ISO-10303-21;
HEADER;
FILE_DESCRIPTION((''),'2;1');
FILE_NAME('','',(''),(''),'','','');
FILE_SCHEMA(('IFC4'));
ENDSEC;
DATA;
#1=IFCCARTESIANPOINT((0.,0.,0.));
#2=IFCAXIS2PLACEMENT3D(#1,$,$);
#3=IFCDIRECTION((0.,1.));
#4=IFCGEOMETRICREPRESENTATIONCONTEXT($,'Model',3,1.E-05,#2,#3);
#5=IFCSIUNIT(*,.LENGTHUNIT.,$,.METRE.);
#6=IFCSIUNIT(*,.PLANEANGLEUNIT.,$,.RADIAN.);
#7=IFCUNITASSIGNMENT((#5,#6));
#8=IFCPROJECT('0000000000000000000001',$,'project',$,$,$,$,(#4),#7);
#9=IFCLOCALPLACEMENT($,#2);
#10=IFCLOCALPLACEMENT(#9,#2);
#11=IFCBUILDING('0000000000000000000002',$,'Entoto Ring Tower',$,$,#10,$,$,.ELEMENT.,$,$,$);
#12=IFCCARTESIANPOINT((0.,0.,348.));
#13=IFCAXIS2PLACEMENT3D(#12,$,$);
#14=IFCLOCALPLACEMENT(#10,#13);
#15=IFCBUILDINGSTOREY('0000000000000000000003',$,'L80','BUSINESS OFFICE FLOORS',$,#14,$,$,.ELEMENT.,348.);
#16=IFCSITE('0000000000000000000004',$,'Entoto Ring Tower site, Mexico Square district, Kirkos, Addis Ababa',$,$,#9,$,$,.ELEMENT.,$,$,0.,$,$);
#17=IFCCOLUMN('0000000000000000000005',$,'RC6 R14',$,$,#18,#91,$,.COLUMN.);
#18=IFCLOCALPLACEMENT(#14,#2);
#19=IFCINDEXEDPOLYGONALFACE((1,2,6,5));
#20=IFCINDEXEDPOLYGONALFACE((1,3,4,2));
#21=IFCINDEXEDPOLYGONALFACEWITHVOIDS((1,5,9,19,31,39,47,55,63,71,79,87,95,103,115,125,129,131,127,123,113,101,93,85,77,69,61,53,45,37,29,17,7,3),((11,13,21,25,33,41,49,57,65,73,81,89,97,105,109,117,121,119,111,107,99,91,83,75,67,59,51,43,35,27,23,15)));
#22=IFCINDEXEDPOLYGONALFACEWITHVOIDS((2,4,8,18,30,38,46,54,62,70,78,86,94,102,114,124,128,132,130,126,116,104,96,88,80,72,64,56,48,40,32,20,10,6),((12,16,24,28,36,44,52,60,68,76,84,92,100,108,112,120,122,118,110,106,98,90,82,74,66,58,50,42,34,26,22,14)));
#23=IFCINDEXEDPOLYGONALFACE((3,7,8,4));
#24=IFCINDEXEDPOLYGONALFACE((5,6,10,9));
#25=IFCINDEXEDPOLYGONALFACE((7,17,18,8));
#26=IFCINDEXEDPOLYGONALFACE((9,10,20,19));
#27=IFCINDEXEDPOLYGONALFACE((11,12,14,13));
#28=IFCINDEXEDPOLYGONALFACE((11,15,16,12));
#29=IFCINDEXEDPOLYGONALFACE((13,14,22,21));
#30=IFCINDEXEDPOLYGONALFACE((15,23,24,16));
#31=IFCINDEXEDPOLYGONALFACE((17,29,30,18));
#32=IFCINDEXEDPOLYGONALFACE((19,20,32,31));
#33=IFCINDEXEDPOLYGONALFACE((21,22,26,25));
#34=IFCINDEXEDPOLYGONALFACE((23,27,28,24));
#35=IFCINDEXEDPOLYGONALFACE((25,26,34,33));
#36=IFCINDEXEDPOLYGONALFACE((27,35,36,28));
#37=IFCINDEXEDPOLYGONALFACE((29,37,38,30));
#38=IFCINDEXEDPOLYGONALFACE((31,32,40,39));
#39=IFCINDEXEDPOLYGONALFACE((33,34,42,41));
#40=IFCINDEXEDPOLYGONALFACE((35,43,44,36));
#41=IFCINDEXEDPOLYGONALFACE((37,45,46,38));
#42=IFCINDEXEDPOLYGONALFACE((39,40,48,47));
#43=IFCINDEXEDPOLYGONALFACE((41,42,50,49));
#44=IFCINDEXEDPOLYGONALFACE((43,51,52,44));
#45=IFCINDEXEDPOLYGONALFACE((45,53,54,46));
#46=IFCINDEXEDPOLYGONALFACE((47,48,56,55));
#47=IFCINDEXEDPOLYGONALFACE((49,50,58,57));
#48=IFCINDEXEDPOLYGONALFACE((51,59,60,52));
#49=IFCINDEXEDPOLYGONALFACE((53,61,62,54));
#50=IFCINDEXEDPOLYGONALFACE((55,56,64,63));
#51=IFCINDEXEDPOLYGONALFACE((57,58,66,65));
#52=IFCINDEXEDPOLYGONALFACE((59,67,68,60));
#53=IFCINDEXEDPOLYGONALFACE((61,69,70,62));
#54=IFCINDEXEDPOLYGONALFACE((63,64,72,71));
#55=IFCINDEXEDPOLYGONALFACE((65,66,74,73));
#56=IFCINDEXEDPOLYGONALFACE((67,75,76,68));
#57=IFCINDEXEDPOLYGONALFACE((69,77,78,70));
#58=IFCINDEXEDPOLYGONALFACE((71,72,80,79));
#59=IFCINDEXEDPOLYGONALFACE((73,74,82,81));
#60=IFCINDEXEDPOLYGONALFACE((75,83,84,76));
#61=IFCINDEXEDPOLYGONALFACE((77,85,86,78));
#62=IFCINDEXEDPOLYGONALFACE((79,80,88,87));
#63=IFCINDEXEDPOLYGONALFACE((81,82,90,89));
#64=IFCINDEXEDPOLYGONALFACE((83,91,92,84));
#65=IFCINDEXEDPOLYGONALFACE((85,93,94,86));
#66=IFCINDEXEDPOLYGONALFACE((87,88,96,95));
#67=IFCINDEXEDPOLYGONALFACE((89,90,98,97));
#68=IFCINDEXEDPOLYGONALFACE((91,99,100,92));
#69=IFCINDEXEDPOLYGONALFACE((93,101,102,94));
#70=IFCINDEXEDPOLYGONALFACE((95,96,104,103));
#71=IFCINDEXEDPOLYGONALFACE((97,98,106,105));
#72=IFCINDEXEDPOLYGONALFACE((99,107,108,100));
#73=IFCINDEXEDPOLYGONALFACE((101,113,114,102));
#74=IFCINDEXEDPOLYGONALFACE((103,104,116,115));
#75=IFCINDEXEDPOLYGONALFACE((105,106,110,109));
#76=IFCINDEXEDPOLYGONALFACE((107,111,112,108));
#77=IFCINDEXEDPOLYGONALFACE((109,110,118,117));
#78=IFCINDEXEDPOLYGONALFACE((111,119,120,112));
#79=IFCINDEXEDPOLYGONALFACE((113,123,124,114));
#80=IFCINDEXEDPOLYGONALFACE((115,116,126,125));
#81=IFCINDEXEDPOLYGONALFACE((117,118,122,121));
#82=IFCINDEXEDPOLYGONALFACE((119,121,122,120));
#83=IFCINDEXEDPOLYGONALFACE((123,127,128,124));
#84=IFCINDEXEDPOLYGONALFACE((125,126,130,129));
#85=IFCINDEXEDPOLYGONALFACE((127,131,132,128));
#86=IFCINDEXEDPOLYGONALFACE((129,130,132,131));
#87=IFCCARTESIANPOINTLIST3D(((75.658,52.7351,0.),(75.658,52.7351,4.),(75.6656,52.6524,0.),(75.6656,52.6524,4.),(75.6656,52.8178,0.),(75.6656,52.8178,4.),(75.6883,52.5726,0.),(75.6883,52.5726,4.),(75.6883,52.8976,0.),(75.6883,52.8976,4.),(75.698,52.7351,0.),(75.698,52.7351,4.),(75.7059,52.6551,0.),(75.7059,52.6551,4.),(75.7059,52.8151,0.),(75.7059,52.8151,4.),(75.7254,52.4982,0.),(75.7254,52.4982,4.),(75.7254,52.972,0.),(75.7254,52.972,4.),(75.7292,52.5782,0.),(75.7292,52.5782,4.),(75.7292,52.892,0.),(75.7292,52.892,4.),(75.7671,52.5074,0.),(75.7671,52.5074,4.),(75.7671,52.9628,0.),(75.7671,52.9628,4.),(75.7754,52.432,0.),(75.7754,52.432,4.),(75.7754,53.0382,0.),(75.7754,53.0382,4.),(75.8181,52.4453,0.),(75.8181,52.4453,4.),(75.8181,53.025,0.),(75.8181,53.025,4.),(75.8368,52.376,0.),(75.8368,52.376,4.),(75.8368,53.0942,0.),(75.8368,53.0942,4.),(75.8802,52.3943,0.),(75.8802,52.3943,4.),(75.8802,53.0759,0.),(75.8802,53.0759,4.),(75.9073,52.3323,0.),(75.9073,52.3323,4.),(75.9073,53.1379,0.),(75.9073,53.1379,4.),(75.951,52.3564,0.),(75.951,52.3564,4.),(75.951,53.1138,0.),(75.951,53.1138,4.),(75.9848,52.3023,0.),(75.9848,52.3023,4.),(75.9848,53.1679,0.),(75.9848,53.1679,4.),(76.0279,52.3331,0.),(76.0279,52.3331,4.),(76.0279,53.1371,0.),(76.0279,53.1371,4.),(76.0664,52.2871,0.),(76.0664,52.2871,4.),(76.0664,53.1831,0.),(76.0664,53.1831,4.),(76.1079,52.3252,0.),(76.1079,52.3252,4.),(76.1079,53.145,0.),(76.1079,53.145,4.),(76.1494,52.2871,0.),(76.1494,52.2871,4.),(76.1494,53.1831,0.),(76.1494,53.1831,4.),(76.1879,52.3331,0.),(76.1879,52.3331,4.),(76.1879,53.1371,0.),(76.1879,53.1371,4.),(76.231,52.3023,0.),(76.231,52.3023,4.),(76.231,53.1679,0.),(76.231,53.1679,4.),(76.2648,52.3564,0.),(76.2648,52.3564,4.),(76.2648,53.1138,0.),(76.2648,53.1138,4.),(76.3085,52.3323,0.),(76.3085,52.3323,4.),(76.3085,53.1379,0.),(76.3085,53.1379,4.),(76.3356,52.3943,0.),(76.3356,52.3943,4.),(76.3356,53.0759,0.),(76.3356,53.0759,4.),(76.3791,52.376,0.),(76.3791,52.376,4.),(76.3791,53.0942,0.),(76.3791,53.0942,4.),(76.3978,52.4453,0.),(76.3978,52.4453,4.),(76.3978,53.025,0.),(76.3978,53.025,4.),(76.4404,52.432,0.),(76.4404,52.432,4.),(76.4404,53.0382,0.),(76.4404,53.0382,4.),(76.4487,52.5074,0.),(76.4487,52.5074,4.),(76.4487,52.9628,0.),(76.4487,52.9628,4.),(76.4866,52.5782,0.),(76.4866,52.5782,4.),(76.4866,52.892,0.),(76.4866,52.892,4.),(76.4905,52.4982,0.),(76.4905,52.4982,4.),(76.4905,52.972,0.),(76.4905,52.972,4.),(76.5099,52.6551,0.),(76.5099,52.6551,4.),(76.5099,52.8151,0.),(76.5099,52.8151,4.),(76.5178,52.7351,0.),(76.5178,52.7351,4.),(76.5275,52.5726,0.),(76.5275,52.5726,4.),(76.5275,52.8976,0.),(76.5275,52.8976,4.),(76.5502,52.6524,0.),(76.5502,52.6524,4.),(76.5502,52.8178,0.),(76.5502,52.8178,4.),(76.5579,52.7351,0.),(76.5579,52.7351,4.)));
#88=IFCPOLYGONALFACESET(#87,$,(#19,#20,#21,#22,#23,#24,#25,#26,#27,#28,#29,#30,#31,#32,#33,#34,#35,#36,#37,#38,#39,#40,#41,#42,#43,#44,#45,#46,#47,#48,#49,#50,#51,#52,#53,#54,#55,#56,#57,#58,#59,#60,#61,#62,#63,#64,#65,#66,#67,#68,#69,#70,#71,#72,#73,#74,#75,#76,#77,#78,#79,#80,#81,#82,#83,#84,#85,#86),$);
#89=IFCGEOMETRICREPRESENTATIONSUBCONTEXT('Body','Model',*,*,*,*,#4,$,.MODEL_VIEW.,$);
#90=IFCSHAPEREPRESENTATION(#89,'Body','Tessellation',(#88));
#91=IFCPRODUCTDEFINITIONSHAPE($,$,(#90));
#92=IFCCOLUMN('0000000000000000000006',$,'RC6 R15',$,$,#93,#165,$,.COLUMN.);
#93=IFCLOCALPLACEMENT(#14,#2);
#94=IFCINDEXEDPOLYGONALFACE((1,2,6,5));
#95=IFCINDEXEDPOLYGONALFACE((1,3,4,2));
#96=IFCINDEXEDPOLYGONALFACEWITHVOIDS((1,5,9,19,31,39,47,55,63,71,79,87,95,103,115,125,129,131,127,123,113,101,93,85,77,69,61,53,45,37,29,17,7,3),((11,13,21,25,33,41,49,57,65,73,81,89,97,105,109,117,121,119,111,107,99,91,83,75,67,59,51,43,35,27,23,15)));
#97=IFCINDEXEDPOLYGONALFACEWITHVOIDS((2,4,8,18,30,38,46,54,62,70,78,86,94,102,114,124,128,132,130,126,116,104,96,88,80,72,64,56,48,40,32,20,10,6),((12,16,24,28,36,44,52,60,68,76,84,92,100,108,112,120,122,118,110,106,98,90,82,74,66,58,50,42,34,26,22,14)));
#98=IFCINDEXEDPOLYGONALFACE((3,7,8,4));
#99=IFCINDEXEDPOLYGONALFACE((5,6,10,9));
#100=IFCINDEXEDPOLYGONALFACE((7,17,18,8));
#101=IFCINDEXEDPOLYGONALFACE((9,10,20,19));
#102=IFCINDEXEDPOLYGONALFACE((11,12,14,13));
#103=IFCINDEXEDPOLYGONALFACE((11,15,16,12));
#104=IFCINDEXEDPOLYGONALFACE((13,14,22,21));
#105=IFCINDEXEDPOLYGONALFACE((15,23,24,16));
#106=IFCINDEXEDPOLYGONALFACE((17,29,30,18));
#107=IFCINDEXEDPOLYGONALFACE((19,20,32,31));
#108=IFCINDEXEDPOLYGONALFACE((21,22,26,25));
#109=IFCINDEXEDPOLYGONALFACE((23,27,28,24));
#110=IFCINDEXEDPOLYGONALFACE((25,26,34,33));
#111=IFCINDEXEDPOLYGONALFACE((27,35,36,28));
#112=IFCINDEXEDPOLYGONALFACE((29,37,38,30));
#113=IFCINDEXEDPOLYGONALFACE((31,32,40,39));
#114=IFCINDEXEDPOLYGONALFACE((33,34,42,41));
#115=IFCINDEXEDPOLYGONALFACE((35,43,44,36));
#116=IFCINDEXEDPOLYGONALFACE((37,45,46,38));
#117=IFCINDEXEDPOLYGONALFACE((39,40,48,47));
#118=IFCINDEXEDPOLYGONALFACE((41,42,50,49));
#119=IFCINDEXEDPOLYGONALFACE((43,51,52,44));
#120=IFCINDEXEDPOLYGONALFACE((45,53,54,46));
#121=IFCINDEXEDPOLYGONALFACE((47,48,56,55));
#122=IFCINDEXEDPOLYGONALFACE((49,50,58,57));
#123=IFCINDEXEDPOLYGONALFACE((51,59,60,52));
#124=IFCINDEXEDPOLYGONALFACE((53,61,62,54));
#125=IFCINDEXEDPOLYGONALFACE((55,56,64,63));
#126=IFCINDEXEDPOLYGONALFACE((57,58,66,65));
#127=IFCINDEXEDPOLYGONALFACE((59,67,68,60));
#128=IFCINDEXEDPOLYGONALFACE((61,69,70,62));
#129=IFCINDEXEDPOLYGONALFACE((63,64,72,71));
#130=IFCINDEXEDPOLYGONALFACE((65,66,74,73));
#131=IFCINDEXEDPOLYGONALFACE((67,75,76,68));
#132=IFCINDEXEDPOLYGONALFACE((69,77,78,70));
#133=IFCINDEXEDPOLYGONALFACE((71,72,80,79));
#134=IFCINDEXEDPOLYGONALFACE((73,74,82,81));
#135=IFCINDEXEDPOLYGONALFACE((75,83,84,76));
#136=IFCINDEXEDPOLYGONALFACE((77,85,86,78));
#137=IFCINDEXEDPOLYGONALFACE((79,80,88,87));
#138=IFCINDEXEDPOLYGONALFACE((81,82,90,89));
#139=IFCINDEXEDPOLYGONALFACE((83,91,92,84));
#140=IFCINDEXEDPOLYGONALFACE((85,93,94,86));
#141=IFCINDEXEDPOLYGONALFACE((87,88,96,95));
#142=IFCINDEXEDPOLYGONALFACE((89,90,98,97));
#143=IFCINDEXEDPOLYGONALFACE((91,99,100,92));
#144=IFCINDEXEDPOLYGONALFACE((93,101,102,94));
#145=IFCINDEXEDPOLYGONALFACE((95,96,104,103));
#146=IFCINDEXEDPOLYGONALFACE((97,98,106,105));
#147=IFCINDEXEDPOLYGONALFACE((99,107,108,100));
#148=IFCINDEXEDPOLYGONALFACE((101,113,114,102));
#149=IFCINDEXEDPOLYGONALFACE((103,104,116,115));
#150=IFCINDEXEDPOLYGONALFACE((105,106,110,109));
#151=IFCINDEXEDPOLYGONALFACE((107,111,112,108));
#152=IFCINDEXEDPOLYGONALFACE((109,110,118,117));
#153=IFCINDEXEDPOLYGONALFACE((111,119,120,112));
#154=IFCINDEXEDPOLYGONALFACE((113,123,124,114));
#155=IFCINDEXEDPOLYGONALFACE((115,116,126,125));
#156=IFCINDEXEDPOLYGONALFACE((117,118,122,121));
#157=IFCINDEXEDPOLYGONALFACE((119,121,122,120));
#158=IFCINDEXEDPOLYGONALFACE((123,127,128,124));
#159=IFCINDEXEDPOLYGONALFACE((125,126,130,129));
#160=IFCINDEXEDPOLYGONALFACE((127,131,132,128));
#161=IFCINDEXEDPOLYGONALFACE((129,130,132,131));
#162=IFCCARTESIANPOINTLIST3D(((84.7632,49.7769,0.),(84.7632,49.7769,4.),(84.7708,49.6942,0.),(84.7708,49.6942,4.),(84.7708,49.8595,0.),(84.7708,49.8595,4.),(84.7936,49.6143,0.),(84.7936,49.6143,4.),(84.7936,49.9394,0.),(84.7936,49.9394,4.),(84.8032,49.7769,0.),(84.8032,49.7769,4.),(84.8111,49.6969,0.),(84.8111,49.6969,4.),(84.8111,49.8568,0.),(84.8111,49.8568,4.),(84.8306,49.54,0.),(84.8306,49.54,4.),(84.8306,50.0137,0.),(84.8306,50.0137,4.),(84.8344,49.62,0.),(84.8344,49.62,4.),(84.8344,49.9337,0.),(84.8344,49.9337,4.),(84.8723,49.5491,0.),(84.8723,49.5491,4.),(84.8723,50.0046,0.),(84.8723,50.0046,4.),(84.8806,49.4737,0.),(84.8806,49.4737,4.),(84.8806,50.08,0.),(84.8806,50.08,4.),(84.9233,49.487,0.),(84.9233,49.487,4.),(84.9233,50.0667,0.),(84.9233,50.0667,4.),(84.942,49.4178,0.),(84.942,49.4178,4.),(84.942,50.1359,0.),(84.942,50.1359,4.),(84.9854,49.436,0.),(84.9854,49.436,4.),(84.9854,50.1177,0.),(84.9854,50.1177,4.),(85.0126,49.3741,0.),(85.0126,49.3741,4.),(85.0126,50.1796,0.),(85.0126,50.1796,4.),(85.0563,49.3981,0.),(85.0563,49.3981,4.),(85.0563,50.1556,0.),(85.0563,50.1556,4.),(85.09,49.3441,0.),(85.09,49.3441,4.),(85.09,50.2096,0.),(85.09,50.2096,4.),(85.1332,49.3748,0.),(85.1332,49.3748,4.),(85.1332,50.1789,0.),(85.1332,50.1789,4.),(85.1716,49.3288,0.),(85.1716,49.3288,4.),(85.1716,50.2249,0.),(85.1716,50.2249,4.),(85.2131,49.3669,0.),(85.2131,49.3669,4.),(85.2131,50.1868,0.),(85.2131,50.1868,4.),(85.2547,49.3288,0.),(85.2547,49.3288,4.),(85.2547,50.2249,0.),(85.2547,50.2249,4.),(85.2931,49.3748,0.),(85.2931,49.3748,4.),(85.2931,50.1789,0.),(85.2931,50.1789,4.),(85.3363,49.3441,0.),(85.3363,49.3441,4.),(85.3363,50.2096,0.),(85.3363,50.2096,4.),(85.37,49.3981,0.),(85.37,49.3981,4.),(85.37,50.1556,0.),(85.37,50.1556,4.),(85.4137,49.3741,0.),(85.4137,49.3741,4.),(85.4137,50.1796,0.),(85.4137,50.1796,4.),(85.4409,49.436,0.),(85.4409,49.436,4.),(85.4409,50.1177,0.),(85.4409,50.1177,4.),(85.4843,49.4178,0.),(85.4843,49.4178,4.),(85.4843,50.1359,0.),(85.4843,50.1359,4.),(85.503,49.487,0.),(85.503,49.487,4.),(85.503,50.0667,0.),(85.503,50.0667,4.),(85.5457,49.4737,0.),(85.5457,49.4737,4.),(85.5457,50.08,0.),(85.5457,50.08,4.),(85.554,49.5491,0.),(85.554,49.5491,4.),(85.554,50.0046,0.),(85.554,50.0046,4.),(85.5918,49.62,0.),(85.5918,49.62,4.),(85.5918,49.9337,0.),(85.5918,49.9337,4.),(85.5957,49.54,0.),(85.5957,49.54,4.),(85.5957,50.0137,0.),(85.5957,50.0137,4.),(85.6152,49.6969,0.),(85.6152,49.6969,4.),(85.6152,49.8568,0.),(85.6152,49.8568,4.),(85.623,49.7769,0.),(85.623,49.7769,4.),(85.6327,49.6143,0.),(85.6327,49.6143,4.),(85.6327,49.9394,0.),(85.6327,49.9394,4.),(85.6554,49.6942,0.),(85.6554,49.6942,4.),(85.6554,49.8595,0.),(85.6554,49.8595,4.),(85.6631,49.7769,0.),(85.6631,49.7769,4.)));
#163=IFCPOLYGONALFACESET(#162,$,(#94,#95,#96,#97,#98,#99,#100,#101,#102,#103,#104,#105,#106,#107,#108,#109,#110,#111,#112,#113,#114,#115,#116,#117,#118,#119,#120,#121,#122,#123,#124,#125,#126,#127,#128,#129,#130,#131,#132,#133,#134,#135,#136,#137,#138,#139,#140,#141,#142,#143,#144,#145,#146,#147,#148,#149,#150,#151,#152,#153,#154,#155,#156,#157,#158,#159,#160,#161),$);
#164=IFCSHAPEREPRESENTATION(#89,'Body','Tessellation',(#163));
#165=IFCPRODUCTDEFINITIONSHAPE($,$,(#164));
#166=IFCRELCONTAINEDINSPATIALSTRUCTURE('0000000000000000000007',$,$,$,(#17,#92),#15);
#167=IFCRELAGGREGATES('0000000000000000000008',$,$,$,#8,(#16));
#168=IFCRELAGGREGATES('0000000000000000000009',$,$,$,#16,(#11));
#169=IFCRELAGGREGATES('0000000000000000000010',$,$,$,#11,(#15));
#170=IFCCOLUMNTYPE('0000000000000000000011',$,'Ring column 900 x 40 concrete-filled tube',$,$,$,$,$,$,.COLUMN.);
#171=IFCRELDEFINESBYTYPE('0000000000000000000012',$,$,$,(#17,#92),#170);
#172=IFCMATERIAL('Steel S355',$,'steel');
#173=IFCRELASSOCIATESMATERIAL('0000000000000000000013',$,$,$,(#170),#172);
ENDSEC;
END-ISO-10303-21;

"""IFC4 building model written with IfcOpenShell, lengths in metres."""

from ifc_helpers import new_model, si_unit, direction, frame, origin, origin_2d, place, context, subcontext, project, spatial, circle, hollow_circle, extrude, material, material_profile, profile_set, type_object, element, save


model = new_model("IFC4")

# Units and contexts
model_context = context("Model", 3, precision=1e-05, world=origin(), true_north=direction((0.0, 1.0)))
body_context = subcontext(model_context, "Body", "Model", "MODEL_VIEW")
ifc_project = project(units=[si_unit("LENGTHUNIT", "METRE"), si_unit("PLANEANGLEUNIT", "RADIAN")], contexts=[model_context])

# Site, building, storey
site_placement = place(None, origin())
site = spatial("IfcSite", under=ifc_project, at=site_placement, Name="Entoto Ring Tower site, Mexico Square district, Kirkos, Addis Ababa", CompositionType="ELEMENT", RefElevation=0.0)
building_placement = place(site_placement, origin())
building = spatial("IfcBuilding", under=site, at=building_placement, Name="Entoto Ring Tower", CompositionType="ELEMENT")
storey_placement = place(building_placement, frame((0.0, 0.0, 348.0)))
storey = spatial("IfcBuildingStorey", under=building, at=storey_placement, Name="L80", Description="BUSINESS OFFICE FLOORS", CompositionType="ELEMENT", Elevation=348.0)

# Columns
ifc_material_1 = material(Name="Steel S355", Category="steel")
ifc_material_profile_1 = material_profile(ifc_material_1, hollow_circle(Radius=0.45, WallThickness=0.04, at=origin_2d()), Name="CHS 900 x 40")
ifc_material_2 = material(Name="Concrete C60/75", Category="concrete")
ifc_material_profile_2 = material_profile(ifc_material_2, circle(Radius=0.4099, at=origin_2d()), Name="Concrete C60/75 infill")
ifc_profile_set_1 = profile_set([ifc_material_profile_1, ifc_material_profile_2], Name="Steel S355")
column_type = type_object("IfcColumnType", Name="Ring column 900 x 40 concrete-filled tube", PredefinedType="COLUMN", material=ifc_profile_set_1)
for number, where, z_axis, x_axis, name in (
    (1, (76.1079, 52.7351, 0.0), (0.0, 0.0, 1.0), (1.0, 0.0, 0.0), "RC6 R14"),
    (2, (85.2131, 49.7769, 0.0), (0.0, 0.0, 1.0), (1.0, 0.0, 0.0), "RC6 R15"),
):
    element("IfcColumn", number, at=place(storey_placement, frame(where, z_axis=z_axis, x_axis=x_axis)), inside=storey, type_object=column_type, Name=name, PredefinedType="COLUMN", context=body_context, shape_type="SweptSolid", body=[
        extrude(hollow_circle(Radius=0.45, WallThickness=0.04, at=origin_2d()), origin(), (0.0, 0.0, 1.0), 4.0),
    ])

save(model, "model.ifc")
